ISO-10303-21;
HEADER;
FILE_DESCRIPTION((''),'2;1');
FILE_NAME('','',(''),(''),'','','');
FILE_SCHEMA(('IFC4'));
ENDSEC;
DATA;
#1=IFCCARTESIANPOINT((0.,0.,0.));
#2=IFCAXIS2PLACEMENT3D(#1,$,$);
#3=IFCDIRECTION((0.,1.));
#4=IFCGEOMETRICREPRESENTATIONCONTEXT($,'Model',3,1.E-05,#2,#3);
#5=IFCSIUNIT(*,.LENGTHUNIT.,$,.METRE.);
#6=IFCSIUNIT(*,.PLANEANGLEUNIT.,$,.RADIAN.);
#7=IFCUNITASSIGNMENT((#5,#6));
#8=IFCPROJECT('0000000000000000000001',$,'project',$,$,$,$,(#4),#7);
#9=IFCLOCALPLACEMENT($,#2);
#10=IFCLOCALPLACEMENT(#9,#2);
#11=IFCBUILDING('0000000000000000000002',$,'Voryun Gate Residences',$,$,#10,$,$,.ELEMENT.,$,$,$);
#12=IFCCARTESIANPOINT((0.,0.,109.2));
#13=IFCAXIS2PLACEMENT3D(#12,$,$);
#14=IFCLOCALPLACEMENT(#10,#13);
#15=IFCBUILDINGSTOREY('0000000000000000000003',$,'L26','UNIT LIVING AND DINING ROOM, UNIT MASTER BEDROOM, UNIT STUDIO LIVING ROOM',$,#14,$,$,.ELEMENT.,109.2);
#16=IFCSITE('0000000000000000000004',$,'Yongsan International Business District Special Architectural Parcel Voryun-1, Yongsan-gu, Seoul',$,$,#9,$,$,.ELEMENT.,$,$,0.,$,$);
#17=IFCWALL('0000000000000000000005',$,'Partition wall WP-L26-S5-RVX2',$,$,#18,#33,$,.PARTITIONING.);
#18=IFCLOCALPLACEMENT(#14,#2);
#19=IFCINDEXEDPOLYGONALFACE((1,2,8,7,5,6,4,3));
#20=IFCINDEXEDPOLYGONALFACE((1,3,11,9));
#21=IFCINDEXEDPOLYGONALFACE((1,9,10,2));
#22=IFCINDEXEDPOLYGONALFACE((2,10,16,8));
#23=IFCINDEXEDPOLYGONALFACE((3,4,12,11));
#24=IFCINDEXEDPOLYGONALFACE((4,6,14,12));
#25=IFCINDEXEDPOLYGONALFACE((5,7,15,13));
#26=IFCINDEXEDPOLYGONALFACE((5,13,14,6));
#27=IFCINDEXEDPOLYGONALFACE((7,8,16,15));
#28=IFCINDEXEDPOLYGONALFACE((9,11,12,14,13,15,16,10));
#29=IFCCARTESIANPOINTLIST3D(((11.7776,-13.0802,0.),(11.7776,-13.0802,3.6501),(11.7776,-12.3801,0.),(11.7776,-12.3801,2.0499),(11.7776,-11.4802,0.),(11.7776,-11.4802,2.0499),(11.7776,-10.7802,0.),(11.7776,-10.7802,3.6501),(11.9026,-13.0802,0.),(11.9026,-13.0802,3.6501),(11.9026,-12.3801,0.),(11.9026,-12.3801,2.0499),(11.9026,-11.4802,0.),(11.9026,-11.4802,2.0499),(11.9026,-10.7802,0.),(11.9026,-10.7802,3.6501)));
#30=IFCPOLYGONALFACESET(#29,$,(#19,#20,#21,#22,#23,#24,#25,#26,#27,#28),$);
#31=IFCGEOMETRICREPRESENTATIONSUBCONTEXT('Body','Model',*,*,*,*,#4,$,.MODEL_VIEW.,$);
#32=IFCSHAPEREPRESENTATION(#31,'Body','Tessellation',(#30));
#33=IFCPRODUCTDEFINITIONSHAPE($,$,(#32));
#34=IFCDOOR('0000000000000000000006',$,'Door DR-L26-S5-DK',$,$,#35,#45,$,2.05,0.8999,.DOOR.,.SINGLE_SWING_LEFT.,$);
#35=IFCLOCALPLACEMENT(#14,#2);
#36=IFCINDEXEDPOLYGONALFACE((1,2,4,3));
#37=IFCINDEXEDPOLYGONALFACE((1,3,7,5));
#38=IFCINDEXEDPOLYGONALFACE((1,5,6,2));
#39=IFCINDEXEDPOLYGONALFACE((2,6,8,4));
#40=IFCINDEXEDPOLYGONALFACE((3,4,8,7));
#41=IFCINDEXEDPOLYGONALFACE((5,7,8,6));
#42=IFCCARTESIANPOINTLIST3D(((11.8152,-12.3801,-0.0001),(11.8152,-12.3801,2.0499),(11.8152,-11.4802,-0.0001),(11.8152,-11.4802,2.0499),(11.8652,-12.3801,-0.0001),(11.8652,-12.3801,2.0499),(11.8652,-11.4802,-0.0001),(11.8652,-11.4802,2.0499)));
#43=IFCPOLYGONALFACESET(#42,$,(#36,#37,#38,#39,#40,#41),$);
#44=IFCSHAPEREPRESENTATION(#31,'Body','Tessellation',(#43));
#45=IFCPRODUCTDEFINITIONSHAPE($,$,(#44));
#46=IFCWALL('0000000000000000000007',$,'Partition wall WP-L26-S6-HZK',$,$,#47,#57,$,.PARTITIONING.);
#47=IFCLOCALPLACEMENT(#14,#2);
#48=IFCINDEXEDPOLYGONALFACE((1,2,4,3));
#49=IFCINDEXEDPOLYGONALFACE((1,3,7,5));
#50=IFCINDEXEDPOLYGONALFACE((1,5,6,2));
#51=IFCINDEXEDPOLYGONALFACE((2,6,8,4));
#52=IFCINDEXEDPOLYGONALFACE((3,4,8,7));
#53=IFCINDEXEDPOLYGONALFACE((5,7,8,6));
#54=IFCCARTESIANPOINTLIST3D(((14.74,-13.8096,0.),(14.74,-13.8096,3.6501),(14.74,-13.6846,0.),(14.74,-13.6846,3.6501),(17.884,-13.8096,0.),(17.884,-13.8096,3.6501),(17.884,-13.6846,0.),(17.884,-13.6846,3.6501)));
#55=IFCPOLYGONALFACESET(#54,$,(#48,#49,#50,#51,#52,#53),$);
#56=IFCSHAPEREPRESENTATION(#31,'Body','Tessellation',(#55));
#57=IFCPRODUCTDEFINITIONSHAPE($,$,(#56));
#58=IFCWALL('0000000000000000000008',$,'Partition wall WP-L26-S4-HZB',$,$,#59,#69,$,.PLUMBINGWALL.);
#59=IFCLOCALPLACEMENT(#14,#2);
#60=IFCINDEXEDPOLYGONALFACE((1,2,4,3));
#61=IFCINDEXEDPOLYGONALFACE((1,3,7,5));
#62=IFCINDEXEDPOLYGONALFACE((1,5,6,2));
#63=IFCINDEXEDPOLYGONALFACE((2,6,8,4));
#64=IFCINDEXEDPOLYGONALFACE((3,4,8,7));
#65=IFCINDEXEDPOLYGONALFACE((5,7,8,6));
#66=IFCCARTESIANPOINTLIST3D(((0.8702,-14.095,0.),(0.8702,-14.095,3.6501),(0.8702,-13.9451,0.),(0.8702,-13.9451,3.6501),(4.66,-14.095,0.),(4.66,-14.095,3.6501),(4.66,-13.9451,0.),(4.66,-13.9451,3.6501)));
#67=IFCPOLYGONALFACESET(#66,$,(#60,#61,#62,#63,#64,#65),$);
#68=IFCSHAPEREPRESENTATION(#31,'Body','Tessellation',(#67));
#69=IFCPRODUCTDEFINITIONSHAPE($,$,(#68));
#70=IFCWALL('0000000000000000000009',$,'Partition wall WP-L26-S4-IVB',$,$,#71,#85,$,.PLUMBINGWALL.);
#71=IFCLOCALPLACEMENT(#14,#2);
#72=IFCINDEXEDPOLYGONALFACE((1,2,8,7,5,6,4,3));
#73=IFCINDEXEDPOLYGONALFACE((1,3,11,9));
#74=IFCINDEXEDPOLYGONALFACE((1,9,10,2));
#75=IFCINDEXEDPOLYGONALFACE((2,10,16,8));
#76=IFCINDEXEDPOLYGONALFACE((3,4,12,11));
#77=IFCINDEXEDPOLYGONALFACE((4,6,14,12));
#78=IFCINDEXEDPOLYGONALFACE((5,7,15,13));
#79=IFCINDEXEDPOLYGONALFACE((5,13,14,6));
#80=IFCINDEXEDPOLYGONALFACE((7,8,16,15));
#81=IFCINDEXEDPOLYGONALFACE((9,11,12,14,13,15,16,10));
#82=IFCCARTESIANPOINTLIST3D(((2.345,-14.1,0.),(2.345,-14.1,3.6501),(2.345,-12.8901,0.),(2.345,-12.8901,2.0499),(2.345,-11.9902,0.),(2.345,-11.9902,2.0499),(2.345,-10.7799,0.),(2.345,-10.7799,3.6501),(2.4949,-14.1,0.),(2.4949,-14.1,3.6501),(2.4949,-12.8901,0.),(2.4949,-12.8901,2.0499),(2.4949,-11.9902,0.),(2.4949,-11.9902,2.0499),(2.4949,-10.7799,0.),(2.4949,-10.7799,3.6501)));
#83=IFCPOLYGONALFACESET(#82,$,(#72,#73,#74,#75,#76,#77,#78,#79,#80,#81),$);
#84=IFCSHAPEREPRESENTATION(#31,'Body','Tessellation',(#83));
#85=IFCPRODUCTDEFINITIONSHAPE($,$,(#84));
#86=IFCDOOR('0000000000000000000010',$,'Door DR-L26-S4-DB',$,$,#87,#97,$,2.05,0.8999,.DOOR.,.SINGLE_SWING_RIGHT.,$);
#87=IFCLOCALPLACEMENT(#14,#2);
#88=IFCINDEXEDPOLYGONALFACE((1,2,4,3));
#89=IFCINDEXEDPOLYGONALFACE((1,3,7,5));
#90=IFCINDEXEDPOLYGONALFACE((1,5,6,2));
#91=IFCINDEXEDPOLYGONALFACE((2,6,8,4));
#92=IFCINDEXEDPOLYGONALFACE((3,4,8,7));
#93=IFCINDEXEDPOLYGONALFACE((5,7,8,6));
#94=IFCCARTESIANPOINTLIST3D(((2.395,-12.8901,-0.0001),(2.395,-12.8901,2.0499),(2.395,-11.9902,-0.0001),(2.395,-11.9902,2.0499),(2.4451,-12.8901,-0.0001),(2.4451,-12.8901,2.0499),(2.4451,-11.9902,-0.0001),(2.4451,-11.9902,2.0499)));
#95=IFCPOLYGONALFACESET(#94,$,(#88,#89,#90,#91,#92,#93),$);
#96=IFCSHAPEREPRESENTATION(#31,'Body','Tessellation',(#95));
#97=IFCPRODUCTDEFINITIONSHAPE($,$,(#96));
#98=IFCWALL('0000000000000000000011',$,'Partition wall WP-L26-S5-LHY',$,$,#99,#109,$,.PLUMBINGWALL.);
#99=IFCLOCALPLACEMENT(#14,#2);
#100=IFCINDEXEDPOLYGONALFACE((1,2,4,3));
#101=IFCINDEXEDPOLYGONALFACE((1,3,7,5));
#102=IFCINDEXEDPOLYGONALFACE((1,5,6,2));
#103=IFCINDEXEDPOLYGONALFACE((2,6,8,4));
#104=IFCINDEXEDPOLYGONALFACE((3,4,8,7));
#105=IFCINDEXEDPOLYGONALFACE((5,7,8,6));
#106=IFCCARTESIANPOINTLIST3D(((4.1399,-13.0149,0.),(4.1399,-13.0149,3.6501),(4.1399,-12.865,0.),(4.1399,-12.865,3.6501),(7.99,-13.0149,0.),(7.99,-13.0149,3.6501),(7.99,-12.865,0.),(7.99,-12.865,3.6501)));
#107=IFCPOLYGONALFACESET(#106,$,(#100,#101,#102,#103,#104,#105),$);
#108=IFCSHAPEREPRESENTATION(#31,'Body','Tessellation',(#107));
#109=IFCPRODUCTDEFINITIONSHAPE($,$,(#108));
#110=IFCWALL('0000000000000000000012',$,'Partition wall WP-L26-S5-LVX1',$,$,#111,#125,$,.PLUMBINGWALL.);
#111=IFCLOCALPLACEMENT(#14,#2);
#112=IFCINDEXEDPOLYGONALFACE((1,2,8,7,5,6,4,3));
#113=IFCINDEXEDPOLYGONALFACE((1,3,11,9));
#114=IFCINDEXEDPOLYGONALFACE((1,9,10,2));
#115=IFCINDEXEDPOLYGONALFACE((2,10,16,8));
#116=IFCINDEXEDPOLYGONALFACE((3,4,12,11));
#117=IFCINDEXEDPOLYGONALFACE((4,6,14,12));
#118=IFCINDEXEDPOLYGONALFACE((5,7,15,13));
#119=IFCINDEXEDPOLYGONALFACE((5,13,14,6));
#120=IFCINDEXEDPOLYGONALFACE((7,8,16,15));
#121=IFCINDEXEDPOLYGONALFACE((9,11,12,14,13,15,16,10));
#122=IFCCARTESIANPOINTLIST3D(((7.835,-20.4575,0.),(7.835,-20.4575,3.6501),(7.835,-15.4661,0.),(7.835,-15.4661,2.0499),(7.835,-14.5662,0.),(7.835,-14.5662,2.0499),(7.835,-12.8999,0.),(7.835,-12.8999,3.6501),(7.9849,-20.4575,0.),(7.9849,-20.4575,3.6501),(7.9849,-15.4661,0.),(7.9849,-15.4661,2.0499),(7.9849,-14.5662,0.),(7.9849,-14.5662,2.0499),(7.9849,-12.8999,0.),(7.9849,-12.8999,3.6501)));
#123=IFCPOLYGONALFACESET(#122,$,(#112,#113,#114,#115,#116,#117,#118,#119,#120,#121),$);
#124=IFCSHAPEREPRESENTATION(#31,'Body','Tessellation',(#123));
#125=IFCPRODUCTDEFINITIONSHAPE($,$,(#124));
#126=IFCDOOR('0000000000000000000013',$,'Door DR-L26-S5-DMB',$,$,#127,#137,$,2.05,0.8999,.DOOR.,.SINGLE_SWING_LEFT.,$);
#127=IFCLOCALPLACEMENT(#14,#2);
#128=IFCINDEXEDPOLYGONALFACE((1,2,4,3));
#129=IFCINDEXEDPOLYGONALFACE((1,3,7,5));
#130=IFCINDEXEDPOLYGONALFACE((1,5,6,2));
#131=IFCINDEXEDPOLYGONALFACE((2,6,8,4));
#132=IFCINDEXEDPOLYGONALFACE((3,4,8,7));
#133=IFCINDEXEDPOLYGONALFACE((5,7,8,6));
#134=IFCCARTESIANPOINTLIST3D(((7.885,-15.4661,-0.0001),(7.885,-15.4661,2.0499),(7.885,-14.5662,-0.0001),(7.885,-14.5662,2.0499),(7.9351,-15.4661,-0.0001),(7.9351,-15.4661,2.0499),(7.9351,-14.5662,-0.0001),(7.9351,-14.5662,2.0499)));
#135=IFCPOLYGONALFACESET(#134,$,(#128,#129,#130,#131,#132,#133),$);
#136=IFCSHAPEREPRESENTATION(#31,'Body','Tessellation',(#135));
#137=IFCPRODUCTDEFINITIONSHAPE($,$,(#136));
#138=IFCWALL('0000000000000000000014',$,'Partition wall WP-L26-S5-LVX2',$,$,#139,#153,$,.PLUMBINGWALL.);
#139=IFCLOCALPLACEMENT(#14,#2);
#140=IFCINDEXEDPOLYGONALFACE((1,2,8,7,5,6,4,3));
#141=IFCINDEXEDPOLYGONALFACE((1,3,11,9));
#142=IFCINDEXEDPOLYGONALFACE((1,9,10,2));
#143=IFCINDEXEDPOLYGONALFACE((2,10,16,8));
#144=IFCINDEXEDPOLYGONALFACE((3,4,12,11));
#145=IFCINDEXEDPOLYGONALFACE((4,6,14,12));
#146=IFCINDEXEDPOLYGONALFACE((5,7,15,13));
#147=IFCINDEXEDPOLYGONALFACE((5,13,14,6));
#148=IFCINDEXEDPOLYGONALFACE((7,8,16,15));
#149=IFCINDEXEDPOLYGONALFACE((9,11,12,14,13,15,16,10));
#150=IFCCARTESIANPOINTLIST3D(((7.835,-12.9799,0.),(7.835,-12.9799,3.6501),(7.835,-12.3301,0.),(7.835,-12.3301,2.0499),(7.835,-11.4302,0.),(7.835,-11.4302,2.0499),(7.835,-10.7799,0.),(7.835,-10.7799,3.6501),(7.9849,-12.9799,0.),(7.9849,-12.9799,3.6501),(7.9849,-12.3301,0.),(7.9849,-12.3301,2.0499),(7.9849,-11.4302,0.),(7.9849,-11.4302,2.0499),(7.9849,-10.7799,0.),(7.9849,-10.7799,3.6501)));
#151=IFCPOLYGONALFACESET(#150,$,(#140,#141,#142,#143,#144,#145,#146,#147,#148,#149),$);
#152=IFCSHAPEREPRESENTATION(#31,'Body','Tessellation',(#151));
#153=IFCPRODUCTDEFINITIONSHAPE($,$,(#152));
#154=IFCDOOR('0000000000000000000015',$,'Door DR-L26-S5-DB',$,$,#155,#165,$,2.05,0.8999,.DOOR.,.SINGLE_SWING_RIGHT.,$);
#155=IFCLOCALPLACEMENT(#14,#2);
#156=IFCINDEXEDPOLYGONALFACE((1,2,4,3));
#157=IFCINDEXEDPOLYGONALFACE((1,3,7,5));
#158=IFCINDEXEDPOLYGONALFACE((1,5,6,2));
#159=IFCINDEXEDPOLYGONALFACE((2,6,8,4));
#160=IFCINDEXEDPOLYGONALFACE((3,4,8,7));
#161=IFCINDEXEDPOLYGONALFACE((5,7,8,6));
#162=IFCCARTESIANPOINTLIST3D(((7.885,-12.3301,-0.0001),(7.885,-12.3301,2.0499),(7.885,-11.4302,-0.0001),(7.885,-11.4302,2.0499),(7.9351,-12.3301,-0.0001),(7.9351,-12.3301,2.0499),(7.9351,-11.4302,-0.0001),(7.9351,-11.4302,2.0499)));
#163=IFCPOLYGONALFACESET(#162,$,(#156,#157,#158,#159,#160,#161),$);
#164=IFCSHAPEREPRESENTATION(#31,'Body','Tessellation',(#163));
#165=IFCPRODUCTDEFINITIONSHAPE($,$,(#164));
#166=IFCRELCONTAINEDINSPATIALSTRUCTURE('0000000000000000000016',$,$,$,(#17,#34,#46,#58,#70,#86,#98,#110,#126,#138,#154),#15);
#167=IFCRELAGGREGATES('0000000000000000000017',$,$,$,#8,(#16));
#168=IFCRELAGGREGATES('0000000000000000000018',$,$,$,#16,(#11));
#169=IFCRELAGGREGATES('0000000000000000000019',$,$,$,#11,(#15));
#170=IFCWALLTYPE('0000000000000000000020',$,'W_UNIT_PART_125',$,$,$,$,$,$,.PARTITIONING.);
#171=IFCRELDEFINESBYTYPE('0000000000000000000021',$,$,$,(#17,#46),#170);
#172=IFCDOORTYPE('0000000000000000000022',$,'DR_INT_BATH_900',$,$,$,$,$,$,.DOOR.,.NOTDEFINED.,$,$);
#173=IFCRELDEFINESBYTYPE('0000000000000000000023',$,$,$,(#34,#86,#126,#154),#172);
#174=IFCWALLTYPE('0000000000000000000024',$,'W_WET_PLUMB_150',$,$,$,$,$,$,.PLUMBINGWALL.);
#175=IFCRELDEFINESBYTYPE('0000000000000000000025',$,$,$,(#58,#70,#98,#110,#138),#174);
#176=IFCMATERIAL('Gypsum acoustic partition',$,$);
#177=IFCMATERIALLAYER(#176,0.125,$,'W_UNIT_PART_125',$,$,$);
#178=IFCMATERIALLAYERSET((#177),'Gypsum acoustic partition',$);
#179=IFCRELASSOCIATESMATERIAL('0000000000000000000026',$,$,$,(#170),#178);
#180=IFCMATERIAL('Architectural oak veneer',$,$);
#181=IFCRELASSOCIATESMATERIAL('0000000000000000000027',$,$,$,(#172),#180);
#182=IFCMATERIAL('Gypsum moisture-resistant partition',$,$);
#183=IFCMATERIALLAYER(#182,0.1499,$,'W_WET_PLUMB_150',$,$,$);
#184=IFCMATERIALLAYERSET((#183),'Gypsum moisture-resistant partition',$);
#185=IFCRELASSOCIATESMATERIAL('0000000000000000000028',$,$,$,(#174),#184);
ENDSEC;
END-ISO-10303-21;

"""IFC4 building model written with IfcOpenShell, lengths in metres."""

from ifc_helpers import new_model, si_unit, direction, frame, frame_2d, origin, place, context, subcontext, project, spatial, rectangle, extrude, material, layer, layer_set, type_object, element, fill, save


model = new_model("IFC4")

# Units and contexts
model_context = context("Model", 3, precision=1e-05, world=origin(), true_north=direction((0.0, 1.0)))
body_context = subcontext(model_context, "Body", "Model", "MODEL_VIEW")
ifc_project = project(units=[si_unit("LENGTHUNIT", "METRE"), si_unit("PLANEANGLEUNIT", "RADIAN")], contexts=[model_context])

# Site, building, storey
site_placement = place(None, origin())
site = spatial("IfcSite", under=ifc_project, at=site_placement, Name="Yongsan International Business District Special Architectural Parcel Voryun-1, Yongsan-gu, Seoul", CompositionType="ELEMENT", RefElevation=0.0)
building_placement = place(site_placement, origin())
building = spatial("IfcBuilding", under=site, at=building_placement, Name="Voryun Gate Residences", CompositionType="ELEMENT")
storey_placement = place(building_placement, frame((0.0, 0.0, 109.2)))
storey = spatial("IfcBuildingStorey", under=building, at=storey_placement, Name="L26", Description="UNIT LIVING AND DINING ROOM, UNIT MASTER BEDROOM, UNIT STUDIO LIVING ROOM", CompositionType="ELEMENT", Elevation=109.2)

# Shared definitions
ifc_material_1 = material(Name="Gypsum acoustic partition")
ifc_layer_1 = layer(ifc_material_1, 0.125, Name="W_UNIT_PART_125")
ifc_layer_set_1 = layer_set([ifc_layer_1], Name="Gypsum acoustic partition")
wall_type_1 = type_object("IfcWallType", Name="W_UNIT_PART_125", PredefinedType="PARTITIONING", material=ifc_layer_set_1)
ifc_material_2 = material(Name="Architectural oak veneer")
door_type_1 = type_object("IfcDoorType", Name="DR_INT_BATH_900", OperationType="NOTDEFINED", PredefinedType="DOOR", material=ifc_material_2)

# Wall, opening, door
wall_1_placement = place(storey_placement, frame((11.8401, -13.0801, 0.0), z_axis=(0.0, 0.0, 1.0), x_axis=(0.0, 1.0, 0.0)))
wall_1 = element("IfcWall", 1, at=wall_1_placement, inside=storey, type_object=wall_type_1, Name="Partition wall WP-L26-S5-RVX2", PredefinedType="PARTITIONING", context=body_context, shape_type="SweptSolid", body=[
    extrude(rectangle(XDim=2.3, YDim=0.125, at=frame_2d((1.1499, 0.0))), origin(), (0.0, 0.0, 1.0), 3.6501),
])
opening_1_placement = place(wall_1_placement, frame((0.7, 0.0, 0.0)))
opening_1 = element("IfcOpeningElement", 2, at=opening_1_placement, cuts=wall_1, PredefinedType="OPENING", context=body_context, shape_type="SweptSolid", body=[
    extrude(rectangle(XDim=0.8999, YDim=2.05, at=frame_2d((0.45, 1.0249))), frame((0.0, 0.0725, 0.0), z_axis=(0.0, -1.0, 0.0), x_axis=(1.0, 0.0, 0.0)), (0.0, 0.0, 1.0), 0.145),
])
door_1_placement = place(opening_1_placement, origin())
door_1 = element("IfcDoor", 3, at=door_1_placement, inside=storey, type_object=door_type_1, Name="Door DR-L26-S5-DK", OperationType="SINGLE_SWING_LEFT", OverallHeight=2.05, OverallWidth=0.8999, PredefinedType="DOOR", context=body_context, shape_type="SweptSolid", body=[
    extrude(rectangle(XDim=0.8999, YDim=2.05, at=frame_2d((0.45, 1.0249))), frame((0.0, 0.0249, 0.0), z_axis=(0.0, -1.0, 0.0), x_axis=(1.0, 0.0, 0.0)), (0.0, 0.0, 1.0), 0.05),
])
fill(opening_1, door_1)

# Walls
wall_2_placement = place(storey_placement, frame((14.74, -13.7471, 0.0), z_axis=(0.0, 0.0, 1.0), x_axis=(1.0, 0.0, 0.0)))
element("IfcWall", 4, at=wall_2_placement, inside=storey, type_object=wall_type_1, Name="Partition wall WP-L26-S6-HZK", PredefinedType="PARTITIONING", context=body_context, shape_type="SweptSolid", body=[
    extrude(rectangle(XDim=3.144, YDim=0.125, at=frame_2d((1.572, 0.0))), origin(), (0.0, 0.0, 1.0), 3.6501),
])
ifc_material_3 = material(Name="Gypsum moisture-resistant partition")
ifc_layer_2 = layer(ifc_material_3, 0.1499, Name="W_WET_PLUMB_150")
ifc_layer_set_2 = layer_set([ifc_layer_2], Name="Gypsum moisture-resistant partition")
wall_type_2 = type_object("IfcWallType", Name="W_WET_PLUMB_150", PredefinedType="PLUMBINGWALL", material=ifc_layer_set_2)
wall_3_placement = place(storey_placement, frame((0.8701, -14.02, 0.0), z_axis=(0.0, 0.0, 1.0), x_axis=(1.0, 0.0, 0.0)))
element("IfcWall", 5, at=wall_3_placement, inside=storey, type_object=wall_type_2, Name="Partition wall WP-L26-S4-HZB", PredefinedType="PLUMBINGWALL", context=body_context, shape_type="SweptSolid", body=[
    extrude(rectangle(XDim=3.7898, YDim=0.1499, at=frame_2d((1.895, 0.0))), origin(), (0.0, 0.0, 1.0), 3.6501),
])

# Wall, opening, door
wall_4_placement = place(storey_placement, frame((2.4199, -14.1001, 0.0), z_axis=(0.0, 0.0, 1.0), x_axis=(0.0, 1.0, 0.0)))
wall_4 = element("IfcWall", 6, at=wall_4_placement, inside=storey, type_object=wall_type_2, Name="Partition wall WP-L26-S4-IVB", PredefinedType="PLUMBINGWALL", context=body_context, shape_type="SweptSolid", body=[
    extrude(rectangle(XDim=3.3201, YDim=0.1499, at=frame_2d((1.6602, 0.0))), origin(), (0.0, 0.0, 1.0), 3.6501),
])
opening_2_placement = place(wall_4_placement, frame((1.21, 0.0, 0.0)))
opening_2 = element("IfcOpeningElement", 7, at=opening_2_placement, cuts=wall_4, PredefinedType="OPENING", context=body_context, shape_type="SweptSolid", body=[
    extrude(rectangle(XDim=0.8999, YDim=2.05, at=frame_2d((0.45, 1.0249))), frame((0.0, 0.085, 0.0), z_axis=(0.0, -1.0, 0.0), x_axis=(1.0, 0.0, 0.0)), (0.0, 0.0, 1.0), 0.1699),
])
door_2_placement = place(opening_2_placement, origin())
door_2 = element("IfcDoor", 8, at=door_2_placement, inside=storey, type_object=door_type_1, Name="Door DR-L26-S4-DB", OperationType="SINGLE_SWING_RIGHT", OverallHeight=2.05, OverallWidth=0.8999, PredefinedType="DOOR", context=body_context, shape_type="SweptSolid", body=[
    extrude(rectangle(XDim=0.8999, YDim=2.05, at=frame_2d((0.45, 1.0249))), frame((0.0, 0.0249, 0.0), z_axis=(0.0, -1.0, 0.0), x_axis=(1.0, 0.0, 0.0)), (0.0, 0.0, 1.0), 0.05),
])
fill(opening_2, door_2)

# Wall
wall_5_placement = place(storey_placement, frame((4.1399, -12.9399, 0.0), z_axis=(0.0, 0.0, 1.0), x_axis=(1.0, 0.0, 0.0)))
element("IfcWall", 9, at=wall_5_placement, inside=storey, type_object=wall_type_2, Name="Partition wall WP-L26-S5-LHY", PredefinedType="PLUMBINGWALL", context=body_context, shape_type="SweptSolid", body=[
    extrude(rectangle(XDim=3.8501, YDim=0.1499, at=frame_2d((1.925, 0.0))), origin(), (0.0, 0.0, 1.0), 3.6501),
])

# Walls, openings, doors
wall_6_placement = place(storey_placement, frame((7.9099, -20.4575, 0.0), z_axis=(0.0, 0.0, 1.0), x_axis=(0.0, 1.0, 0.0)))
wall_6 = element("IfcWall", 10, at=wall_6_placement, inside=storey, type_object=wall_type_2, Name="Partition wall WP-L26-S5-LVX1", PredefinedType="PLUMBINGWALL", context=body_context, shape_type="SweptSolid", body=[
    extrude(rectangle(XDim=7.5576, YDim=0.1499, at=frame_2d((3.7788, 0.0))), origin(), (0.0, 0.0, 1.0), 3.6501),
])
opening_3_placement = place(wall_6_placement, frame((4.9915, 0.0, 0.0)))
opening_3 = element("IfcOpeningElement", 11, at=opening_3_placement, cuts=wall_6, PredefinedType="OPENING", context=body_context, shape_type="SweptSolid", body=[
    extrude(rectangle(XDim=0.8999, YDim=2.05, at=frame_2d((0.45, 1.0249))), frame((0.0, 0.085, 0.0), z_axis=(0.0, -1.0, 0.0), x_axis=(1.0, 0.0, 0.0)), (0.0, 0.0, 1.0), 0.1699),
])
door_3_placement = place(opening_3_placement, origin())
door_3 = element("IfcDoor", 12, at=door_3_placement, inside=storey, type_object=door_type_1, Name="Door DR-L26-S5-DMB", OperationType="SINGLE_SWING_LEFT", OverallHeight=2.05, OverallWidth=0.8999, PredefinedType="DOOR", context=body_context, shape_type="SweptSolid", body=[
    extrude(rectangle(XDim=0.8999, YDim=2.05, at=frame_2d((0.45, 1.0249))), frame((0.0, 0.0249, 0.0), z_axis=(0.0, -1.0, 0.0), x_axis=(1.0, 0.0, 0.0)), (0.0, 0.0, 1.0), 0.05),
])
fill(opening_3, door_3)
wall_7_placement = place(storey_placement, frame((7.9099, -12.98, 0.0), z_axis=(0.0, 0.0, 1.0), x_axis=(0.0, 1.0, 0.0)))
wall_7 = element("IfcWall", 13, at=wall_7_placement, inside=storey, type_object=wall_type_2, Name="Partition wall WP-L26-S5-LVX2", PredefinedType="PLUMBINGWALL", context=body_context, shape_type="SweptSolid", body=[
    extrude(rectangle(XDim=2.2, YDim=0.1499, at=frame_2d((1.1001, 0.0))), origin(), (0.0, 0.0, 1.0), 3.6501),
])
opening_4_placement = place(wall_7_placement, frame((0.6499, 0.0, 0.0)))
opening_4 = element("IfcOpeningElement", 14, at=opening_4_placement, cuts=wall_7, PredefinedType="OPENING", context=body_context, shape_type="SweptSolid", body=[
    extrude(rectangle(XDim=0.8999, YDim=2.05, at=frame_2d((0.45, 1.0249))), frame((0.0, 0.085, 0.0), z_axis=(0.0, -1.0, 0.0), x_axis=(1.0, 0.0, 0.0)), (0.0, 0.0, 1.0), 0.1699),
])
door_4_placement = place(opening_4_placement, origin())
door_4 = element("IfcDoor", 15, at=door_4_placement, inside=storey, type_object=door_type_1, Name="Door DR-L26-S5-DB", OperationType="SINGLE_SWING_RIGHT", OverallHeight=2.05, OverallWidth=0.8999, PredefinedType="DOOR", context=body_context, shape_type="SweptSolid", body=[
    extrude(rectangle(XDim=0.8999, YDim=2.05, at=frame_2d((0.45, 1.0249))), frame((0.0, 0.0249, 0.0), z_axis=(0.0, -1.0, 0.0), x_axis=(1.0, 0.0, 0.0)), (0.0, 0.0, 1.0), 0.05),
])
fill(opening_4, door_4)

save(model, "model.ifc")
